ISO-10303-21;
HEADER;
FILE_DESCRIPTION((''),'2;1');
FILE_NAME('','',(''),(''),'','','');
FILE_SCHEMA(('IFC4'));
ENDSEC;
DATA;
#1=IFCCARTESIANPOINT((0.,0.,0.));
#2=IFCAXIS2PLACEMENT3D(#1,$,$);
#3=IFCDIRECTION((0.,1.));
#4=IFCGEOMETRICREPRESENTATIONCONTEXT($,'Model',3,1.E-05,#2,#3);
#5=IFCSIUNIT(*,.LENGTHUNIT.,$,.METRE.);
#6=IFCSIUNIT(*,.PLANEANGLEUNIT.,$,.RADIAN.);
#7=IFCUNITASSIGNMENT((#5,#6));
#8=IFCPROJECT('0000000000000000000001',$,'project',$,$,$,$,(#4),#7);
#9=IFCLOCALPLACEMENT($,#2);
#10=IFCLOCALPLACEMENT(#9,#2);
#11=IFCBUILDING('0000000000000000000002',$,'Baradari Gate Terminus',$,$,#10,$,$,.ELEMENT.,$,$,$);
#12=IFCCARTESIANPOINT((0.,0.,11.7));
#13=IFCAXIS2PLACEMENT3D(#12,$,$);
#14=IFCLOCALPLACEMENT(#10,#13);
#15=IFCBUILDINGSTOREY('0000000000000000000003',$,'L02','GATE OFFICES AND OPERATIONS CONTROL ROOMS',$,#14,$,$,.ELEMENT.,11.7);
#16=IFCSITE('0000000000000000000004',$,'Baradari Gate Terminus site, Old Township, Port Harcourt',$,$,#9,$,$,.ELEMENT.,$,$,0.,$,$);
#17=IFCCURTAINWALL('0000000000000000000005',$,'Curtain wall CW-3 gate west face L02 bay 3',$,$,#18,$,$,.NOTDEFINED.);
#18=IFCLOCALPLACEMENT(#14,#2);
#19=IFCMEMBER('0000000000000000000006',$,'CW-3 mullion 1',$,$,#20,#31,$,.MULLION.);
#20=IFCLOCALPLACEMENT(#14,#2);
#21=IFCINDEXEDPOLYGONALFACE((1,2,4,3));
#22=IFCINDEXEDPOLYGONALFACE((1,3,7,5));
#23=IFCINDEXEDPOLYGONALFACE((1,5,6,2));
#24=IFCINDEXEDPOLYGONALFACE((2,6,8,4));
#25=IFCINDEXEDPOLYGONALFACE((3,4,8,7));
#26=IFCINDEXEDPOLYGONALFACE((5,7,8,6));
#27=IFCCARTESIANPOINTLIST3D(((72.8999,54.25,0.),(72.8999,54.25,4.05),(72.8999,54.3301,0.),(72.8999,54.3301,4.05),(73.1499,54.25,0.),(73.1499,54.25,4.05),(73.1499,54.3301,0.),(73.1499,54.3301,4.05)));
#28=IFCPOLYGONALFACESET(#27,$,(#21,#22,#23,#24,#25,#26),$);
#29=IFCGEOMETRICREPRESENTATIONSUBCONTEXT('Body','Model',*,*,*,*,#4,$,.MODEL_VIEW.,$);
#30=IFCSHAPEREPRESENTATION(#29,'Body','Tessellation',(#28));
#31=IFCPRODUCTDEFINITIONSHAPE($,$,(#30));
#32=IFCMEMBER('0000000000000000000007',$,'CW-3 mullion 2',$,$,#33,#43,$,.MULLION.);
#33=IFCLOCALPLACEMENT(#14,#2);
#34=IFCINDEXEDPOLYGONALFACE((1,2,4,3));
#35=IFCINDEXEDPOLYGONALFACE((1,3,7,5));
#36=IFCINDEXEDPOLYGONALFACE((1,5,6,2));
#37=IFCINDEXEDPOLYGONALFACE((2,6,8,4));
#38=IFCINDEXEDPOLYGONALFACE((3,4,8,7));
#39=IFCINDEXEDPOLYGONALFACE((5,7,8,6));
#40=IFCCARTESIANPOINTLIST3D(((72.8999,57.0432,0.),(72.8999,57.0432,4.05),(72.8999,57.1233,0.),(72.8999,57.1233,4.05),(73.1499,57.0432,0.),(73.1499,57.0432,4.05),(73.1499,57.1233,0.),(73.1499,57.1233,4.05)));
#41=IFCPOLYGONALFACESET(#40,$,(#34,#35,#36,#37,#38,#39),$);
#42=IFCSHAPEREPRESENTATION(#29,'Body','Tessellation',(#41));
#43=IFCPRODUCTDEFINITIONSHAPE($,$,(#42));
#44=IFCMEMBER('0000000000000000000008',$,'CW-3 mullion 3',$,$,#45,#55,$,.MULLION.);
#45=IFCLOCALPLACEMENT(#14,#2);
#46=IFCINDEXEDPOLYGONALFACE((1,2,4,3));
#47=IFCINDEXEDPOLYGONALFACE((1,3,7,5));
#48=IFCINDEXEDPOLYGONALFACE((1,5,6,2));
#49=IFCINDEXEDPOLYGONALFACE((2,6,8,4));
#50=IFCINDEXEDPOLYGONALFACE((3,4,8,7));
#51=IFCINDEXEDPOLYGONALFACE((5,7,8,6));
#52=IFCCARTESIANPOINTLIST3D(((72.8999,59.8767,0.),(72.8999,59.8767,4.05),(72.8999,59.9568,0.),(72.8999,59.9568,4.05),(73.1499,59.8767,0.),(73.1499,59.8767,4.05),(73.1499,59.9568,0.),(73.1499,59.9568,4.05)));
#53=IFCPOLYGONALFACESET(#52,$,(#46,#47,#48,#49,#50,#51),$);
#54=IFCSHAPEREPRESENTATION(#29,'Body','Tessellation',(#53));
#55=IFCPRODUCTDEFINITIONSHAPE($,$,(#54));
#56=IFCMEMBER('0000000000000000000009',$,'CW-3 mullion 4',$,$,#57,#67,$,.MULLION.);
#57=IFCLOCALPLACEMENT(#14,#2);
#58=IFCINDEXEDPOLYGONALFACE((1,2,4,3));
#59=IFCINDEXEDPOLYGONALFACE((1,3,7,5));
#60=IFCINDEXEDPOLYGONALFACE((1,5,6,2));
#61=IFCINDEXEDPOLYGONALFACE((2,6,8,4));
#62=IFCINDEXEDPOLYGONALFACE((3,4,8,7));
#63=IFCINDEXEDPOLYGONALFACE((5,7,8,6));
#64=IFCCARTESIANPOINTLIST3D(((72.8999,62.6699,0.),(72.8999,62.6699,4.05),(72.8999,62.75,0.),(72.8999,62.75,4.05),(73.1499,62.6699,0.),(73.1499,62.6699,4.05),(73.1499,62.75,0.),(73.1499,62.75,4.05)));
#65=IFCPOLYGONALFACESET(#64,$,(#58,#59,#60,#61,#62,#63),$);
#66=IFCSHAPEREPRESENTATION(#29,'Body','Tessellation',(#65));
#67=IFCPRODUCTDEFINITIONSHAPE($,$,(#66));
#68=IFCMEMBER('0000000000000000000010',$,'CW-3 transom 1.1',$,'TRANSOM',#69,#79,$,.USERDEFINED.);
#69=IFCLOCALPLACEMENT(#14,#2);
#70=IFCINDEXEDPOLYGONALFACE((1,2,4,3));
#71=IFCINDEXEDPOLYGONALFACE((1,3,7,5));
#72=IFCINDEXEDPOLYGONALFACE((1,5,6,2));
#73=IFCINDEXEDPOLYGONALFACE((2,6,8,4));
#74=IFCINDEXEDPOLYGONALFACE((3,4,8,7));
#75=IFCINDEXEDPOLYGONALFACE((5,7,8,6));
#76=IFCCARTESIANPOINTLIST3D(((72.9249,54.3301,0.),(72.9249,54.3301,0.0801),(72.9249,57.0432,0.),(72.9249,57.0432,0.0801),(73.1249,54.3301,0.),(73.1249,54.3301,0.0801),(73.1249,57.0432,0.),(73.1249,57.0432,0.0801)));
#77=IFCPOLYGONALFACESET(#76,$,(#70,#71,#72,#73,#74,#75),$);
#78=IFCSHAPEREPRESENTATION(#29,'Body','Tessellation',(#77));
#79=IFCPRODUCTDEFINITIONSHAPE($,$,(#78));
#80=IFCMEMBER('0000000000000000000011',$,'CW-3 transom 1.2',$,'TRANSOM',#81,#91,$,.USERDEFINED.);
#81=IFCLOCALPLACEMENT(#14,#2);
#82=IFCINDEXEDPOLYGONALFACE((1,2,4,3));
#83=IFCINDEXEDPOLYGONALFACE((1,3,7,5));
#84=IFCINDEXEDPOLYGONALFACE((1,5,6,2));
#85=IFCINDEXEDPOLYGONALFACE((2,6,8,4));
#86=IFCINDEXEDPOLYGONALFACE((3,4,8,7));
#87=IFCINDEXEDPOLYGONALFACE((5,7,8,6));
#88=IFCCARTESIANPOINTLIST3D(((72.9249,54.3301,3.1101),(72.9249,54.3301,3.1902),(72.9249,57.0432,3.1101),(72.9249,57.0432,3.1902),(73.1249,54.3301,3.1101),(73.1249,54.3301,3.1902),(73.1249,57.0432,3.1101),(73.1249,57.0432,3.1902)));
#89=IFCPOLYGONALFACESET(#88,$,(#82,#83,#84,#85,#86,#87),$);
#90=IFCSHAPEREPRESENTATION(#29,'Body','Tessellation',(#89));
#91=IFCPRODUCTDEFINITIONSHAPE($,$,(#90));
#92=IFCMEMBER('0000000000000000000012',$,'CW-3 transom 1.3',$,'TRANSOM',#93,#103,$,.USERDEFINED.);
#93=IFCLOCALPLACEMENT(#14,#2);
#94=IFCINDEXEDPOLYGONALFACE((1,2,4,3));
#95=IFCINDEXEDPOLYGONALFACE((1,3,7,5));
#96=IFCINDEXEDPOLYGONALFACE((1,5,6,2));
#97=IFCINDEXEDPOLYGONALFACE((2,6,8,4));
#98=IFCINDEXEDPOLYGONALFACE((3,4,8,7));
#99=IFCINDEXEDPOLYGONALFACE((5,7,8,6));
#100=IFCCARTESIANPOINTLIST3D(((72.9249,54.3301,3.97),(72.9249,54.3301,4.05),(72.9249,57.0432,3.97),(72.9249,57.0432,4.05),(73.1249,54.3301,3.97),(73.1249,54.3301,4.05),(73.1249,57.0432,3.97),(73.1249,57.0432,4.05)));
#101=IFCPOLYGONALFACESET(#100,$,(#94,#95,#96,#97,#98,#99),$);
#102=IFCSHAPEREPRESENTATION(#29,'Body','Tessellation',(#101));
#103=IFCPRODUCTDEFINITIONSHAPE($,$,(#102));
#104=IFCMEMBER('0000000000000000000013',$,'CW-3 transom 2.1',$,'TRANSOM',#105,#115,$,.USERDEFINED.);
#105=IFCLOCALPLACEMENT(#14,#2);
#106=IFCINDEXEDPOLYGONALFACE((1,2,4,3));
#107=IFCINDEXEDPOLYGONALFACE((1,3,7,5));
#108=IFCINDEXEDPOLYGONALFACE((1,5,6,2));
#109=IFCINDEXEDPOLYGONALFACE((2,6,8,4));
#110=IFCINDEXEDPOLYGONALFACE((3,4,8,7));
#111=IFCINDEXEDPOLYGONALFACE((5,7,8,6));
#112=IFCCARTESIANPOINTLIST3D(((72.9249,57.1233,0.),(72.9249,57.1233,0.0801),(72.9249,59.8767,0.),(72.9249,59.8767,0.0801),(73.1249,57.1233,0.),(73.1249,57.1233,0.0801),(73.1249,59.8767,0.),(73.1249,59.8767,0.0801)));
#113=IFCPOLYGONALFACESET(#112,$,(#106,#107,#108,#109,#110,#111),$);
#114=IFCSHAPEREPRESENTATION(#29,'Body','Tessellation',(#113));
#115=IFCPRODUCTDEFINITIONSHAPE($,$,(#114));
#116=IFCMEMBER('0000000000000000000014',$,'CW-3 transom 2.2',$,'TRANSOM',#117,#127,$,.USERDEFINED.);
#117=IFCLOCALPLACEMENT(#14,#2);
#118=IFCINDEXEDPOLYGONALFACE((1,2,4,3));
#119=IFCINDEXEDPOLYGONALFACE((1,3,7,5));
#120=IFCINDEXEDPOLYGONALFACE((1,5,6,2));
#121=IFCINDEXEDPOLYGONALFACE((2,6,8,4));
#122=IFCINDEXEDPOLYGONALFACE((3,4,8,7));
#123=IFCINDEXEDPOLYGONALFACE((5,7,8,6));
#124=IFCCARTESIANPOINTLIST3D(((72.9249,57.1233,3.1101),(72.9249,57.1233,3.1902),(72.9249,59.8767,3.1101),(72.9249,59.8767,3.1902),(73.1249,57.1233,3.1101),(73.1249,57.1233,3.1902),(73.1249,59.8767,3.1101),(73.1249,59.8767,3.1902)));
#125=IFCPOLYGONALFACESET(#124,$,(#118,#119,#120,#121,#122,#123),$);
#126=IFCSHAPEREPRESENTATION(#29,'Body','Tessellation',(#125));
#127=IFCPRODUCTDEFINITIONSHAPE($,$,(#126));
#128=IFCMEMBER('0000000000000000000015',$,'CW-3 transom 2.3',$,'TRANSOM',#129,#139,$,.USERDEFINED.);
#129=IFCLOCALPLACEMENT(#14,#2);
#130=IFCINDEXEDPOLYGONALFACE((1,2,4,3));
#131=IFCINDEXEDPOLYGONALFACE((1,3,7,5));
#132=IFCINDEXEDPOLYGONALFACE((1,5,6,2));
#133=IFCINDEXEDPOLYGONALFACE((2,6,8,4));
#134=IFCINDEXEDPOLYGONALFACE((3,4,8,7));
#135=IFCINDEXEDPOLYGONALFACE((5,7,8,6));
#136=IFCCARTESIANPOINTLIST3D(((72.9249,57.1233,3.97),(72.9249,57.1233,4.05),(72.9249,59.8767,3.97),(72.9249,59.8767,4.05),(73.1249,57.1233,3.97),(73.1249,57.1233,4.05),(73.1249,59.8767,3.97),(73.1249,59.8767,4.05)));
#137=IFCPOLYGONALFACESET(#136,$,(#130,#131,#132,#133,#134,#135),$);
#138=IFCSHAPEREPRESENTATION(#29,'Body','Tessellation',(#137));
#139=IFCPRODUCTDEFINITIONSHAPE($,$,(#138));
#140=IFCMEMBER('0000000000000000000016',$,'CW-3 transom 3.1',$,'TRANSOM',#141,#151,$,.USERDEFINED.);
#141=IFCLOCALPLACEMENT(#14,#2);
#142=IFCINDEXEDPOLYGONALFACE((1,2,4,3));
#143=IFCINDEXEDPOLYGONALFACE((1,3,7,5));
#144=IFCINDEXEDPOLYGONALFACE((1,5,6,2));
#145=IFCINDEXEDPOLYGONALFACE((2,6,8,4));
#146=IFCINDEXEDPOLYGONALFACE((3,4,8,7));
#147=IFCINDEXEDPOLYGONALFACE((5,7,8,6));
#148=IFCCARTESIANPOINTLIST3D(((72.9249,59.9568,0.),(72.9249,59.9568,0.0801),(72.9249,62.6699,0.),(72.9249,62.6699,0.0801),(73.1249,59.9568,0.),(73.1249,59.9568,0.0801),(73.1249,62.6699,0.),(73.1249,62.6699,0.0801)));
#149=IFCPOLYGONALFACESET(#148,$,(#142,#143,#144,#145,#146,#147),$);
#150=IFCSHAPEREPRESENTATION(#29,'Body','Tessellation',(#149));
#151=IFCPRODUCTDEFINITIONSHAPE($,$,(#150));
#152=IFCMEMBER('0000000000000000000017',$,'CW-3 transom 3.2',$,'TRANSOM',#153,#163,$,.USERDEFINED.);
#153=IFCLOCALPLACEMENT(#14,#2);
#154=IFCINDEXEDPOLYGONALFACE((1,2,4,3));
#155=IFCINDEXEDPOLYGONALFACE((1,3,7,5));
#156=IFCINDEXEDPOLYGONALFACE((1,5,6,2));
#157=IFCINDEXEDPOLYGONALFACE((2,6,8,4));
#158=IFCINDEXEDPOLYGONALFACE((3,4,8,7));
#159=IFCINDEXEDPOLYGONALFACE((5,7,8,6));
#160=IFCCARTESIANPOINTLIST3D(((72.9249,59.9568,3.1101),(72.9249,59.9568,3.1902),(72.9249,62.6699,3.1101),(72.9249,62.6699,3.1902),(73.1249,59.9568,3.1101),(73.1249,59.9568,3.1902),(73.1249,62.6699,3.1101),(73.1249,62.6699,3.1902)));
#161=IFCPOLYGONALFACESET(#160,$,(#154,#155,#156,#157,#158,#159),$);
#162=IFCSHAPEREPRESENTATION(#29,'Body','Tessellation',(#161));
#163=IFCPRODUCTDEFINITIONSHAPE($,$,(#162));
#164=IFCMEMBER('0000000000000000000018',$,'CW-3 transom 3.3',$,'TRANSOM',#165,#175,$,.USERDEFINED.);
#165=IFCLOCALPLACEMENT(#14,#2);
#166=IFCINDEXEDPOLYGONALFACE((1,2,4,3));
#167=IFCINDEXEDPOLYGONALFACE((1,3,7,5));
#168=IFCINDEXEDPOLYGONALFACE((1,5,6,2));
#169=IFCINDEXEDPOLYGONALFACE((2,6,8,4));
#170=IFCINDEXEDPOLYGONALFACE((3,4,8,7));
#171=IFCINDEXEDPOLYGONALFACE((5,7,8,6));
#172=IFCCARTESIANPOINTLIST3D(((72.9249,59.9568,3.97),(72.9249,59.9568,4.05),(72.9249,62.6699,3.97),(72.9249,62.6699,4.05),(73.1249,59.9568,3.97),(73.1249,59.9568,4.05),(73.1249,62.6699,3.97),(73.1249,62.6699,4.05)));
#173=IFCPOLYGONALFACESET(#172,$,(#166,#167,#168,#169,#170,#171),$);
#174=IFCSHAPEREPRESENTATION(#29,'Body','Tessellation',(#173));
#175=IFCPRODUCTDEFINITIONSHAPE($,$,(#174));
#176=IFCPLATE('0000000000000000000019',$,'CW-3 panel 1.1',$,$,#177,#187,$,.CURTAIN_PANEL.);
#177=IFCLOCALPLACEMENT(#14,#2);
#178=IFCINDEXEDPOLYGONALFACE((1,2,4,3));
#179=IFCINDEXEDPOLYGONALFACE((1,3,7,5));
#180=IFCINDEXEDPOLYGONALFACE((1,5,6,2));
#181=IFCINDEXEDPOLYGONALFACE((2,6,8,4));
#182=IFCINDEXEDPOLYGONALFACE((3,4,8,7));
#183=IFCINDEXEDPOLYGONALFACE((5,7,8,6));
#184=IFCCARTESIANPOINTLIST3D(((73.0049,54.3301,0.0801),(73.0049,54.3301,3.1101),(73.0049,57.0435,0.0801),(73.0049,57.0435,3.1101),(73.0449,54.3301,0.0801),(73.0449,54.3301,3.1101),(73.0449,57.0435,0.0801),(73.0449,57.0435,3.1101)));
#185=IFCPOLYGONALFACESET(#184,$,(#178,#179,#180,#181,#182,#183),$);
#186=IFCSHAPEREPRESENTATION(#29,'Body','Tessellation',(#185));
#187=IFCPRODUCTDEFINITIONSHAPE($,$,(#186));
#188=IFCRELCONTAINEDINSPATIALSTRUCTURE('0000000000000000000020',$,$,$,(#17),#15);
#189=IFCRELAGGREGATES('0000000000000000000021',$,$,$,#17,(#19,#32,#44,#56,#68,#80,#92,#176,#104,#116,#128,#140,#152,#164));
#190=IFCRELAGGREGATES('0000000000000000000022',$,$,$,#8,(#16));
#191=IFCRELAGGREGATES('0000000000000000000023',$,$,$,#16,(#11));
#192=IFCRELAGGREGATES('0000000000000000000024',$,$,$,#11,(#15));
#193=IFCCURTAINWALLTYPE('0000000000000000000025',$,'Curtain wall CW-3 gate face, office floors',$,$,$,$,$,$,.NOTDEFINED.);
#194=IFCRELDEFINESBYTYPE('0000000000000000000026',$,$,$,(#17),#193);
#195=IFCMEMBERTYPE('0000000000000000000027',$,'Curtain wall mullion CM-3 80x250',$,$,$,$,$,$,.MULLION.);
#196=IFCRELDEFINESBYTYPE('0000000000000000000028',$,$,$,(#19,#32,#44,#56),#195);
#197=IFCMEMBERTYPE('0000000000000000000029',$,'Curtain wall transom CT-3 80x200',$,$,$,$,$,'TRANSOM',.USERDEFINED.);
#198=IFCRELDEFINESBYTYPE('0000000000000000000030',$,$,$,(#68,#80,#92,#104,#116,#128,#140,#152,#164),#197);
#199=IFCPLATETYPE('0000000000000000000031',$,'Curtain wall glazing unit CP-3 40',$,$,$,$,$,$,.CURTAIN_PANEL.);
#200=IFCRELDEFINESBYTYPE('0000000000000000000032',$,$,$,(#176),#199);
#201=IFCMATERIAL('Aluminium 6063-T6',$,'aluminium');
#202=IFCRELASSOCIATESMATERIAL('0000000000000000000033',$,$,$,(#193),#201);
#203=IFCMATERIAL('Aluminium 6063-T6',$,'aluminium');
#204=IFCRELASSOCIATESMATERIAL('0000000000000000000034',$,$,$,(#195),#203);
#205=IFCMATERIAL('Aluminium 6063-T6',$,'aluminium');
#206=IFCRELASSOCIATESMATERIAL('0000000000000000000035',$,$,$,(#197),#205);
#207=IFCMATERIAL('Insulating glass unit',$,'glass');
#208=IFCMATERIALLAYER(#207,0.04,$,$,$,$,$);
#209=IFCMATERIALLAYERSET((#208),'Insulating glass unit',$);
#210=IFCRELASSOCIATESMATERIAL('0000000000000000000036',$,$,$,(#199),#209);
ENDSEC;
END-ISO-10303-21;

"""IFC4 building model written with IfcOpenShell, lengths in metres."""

from ifc_helpers import new_model, si_unit, direction, frame, origin, origin_2d, place, context, subcontext, project, spatial, rectangle, extrude, material, layer, layer_set, material_profile, profile_set, type_object, element, aggregate, save


model = new_model("IFC4")

# Units and contexts
model_context = context("Model", 3, precision=1e-05, world=origin(), true_north=direction((0.0, 1.0)))
body_context = subcontext(model_context, "Body", "Model", "MODEL_VIEW")
ifc_project = project(units=[si_unit("LENGTHUNIT", "METRE"), si_unit("PLANEANGLEUNIT", "RADIAN")], contexts=[model_context])

# Site, building, storey
site_placement = place(None, origin())
site = spatial("IfcSite", under=ifc_project, at=site_placement, Name="Baradari Gate Terminus site, Old Township, Port Harcourt", CompositionType="ELEMENT", RefElevation=0.0)
building_placement = place(site_placement, origin())
building = spatial("IfcBuilding", under=site, at=building_placement, Name="Baradari Gate Terminus", CompositionType="ELEMENT")
storey_placement = place(building_placement, frame((0.0, 0.0, 11.7)))
storey = spatial("IfcBuildingStorey", under=building, at=storey_placement, Name="L02", Description="GATE OFFICES AND OPERATIONS CONTROL ROOMS", CompositionType="ELEMENT", Elevation=11.7)

# Curtain wall, members, plate
ifc_material_1 = material(Name="Aluminium 6063-T6", Category="aluminium")
curtain_wall_type = type_object("IfcCurtainWallType", Name="Curtain wall CW-3 gate face, office floors", PredefinedType="NOTDEFINED", material=ifc_material_1)
curtain_wall_placement = place(storey_placement, origin())
curtain_wall = element("IfcCurtainWall", 1, at=curtain_wall_placement, inside=storey, type_object=curtain_wall_type, Name="Curtain wall CW-3 gate west face L02 bay 3", PredefinedType="NOTDEFINED")
ifc_material_2 = material(Name="Aluminium 6063-T6", Category="aluminium")
ifc_material_profile_1 = material_profile(ifc_material_2, rectangle(XDim=0.25, YDim=0.0801, at=origin_2d()), Name="CM-3 80X250")
ifc_profile_set_1 = profile_set([ifc_material_profile_1], Name="Aluminium 6063-T6")
member_type_1 = type_object("IfcMemberType", Name="Curtain wall mullion CM-3 80x250", PredefinedType="MULLION", material=ifc_profile_set_1)
member_1_placement = place(storey_placement, frame((73.0249, 54.29, 0.0), z_axis=(0.0, 0.0, 1.0), x_axis=(-1.0, 0.0, 0.0)))
member_1 = element("IfcMember", 2, at=member_1_placement, type_object=member_type_1, Name="CW-3 mullion 1", PredefinedType="MULLION", context=body_context, shape_type="SweptSolid", body=[
    extrude(rectangle(XDim=0.25, YDim=0.0801, at=origin_2d()), origin(), (0.0, 0.0, 1.0), 4.05),
])
member_2_placement = place(storey_placement, frame((73.0249, 57.0833, 0.0), z_axis=(0.0, 0.0, 1.0), x_axis=(-1.0, 0.0, 0.0)))
member_2 = element("IfcMember", 3, at=member_2_placement, type_object=member_type_1, Name="CW-3 mullion 2", PredefinedType="MULLION", context=body_context, shape_type="SweptSolid", body=[
    extrude(rectangle(XDim=0.25, YDim=0.0801, at=origin_2d()), origin(), (0.0, 0.0, 1.0), 4.05),
])
member_3_placement = place(storey_placement, frame((73.0249, 59.9167, 0.0), z_axis=(0.0, 0.0, 1.0), x_axis=(-1.0, 0.0, 0.0)))
member_3 = element("IfcMember", 4, at=member_3_placement, type_object=member_type_1, Name="CW-3 mullion 3", PredefinedType="MULLION", context=body_context, shape_type="SweptSolid", body=[
    extrude(rectangle(XDim=0.25, YDim=0.0801, at=origin_2d()), origin(), (0.0, 0.0, 1.0), 4.05),
])
member_4_placement = place(storey_placement, frame((73.0249, 62.71, 0.0), z_axis=(0.0, 0.0, 1.0), x_axis=(-1.0, 0.0, 0.0)))
member_4 = element("IfcMember", 5, at=member_4_placement, type_object=member_type_1, Name="CW-3 mullion 4", PredefinedType="MULLION", context=body_context, shape_type="SweptSolid", body=[
    extrude(rectangle(XDim=0.25, YDim=0.0801, at=origin_2d()), origin(), (0.0, 0.0, 1.0), 4.05),
])
ifc_material_3 = material(Name="Aluminium 6063-T6", Category="aluminium")
ifc_material_profile_2 = material_profile(ifc_material_3, rectangle(XDim=0.2, YDim=0.0801, at=origin_2d()), Name="CT-3 80X200")
ifc_profile_set_2 = profile_set([ifc_material_profile_2], Name="Aluminium 6063-T6")
member_type_2 = type_object("IfcMemberType", Name="Curtain wall transom CT-3 80x200", ElementType="TRANSOM", PredefinedType="USERDEFINED", material=ifc_profile_set_2)
member_5_placement = place(storey_placement, frame((73.0249, 54.3301, 0.04), z_axis=(0.0, 1.0, 0.0), x_axis=(-1.0, 0.0, 0.0)))
member_5 = element("IfcMember", 6, at=member_5_placement, type_object=member_type_2, Name="CW-3 transom 1.1", ObjectType="TRANSOM", PredefinedType="USERDEFINED", context=body_context, shape_type="SweptSolid", body=[
    extrude(rectangle(XDim=0.2, YDim=0.0801, at=origin_2d()), origin(), (0.0, 0.0, 1.0), 2.7131),
])
member_6_placement = place(storey_placement, frame((73.0249, 54.3301, 3.1501), z_axis=(0.0, 1.0, 0.0), x_axis=(-1.0, 0.0, 0.0)))
member_6 = element("IfcMember", 7, at=member_6_placement, type_object=member_type_2, Name="CW-3 transom 1.2", ObjectType="TRANSOM", PredefinedType="USERDEFINED", context=body_context, shape_type="SweptSolid", body=[
    extrude(rectangle(XDim=0.2, YDim=0.0801, at=origin_2d()), origin(), (0.0, 0.0, 1.0), 2.7131),
])
member_7_placement = place(storey_placement, frame((73.0249, 54.3301, 4.01), z_axis=(0.0, 1.0, 0.0), x_axis=(-1.0, 0.0, 0.0)))
member_7 = element("IfcMember", 8, at=member_7_placement, type_object=member_type_2, Name="CW-3 transom 1.3", ObjectType="TRANSOM", PredefinedType="USERDEFINED", context=body_context, shape_type="SweptSolid", body=[
    extrude(rectangle(XDim=0.2, YDim=0.0801, at=origin_2d()), origin(), (0.0, 0.0, 1.0), 2.7131),
])
member_8_placement = place(storey_placement, frame((73.0249, 57.1233, 0.04), z_axis=(0.0, 1.0, 0.0), x_axis=(-1.0, 0.0, 0.0)))
member_8 = element("IfcMember", 9, at=member_8_placement, type_object=member_type_2, Name="CW-3 transom 2.1", ObjectType="TRANSOM", PredefinedType="USERDEFINED", context=body_context, shape_type="SweptSolid", body=[
    extrude(rectangle(XDim=0.2, YDim=0.0801, at=origin_2d()), origin(), (0.0, 0.0, 1.0), 2.7534),
])
member_9_placement = place(storey_placement, frame((73.0249, 57.1233, 3.1501), z_axis=(0.0, 1.0, 0.0), x_axis=(-1.0, 0.0, 0.0)))
member_9 = element("IfcMember", 10, at=member_9_placement, type_object=member_type_2, Name="CW-3 transom 2.2", ObjectType="TRANSOM", PredefinedType="USERDEFINED", context=body_context, shape_type="SweptSolid", body=[
    extrude(rectangle(XDim=0.2, YDim=0.0801, at=origin_2d()), origin(), (0.0, 0.0, 1.0), 2.7534),
])
member_10_placement = place(storey_placement, frame((73.0249, 57.1233, 4.01), z_axis=(0.0, 1.0, 0.0), x_axis=(-1.0, 0.0, 0.0)))
member_10 = element("IfcMember", 11, at=member_10_placement, type_object=member_type_2, Name="CW-3 transom 2.3", ObjectType="TRANSOM", PredefinedType="USERDEFINED", context=body_context, shape_type="SweptSolid", body=[
    extrude(rectangle(XDim=0.2, YDim=0.0801, at=origin_2d()), origin(), (0.0, 0.0, 1.0), 2.7534),
])
member_11_placement = place(storey_placement, frame((73.0249, 59.9568, 0.04), z_axis=(0.0, 1.0, 0.0), x_axis=(-1.0, 0.0, 0.0)))
member_11 = element("IfcMember", 12, at=member_11_placement, type_object=member_type_2, Name="CW-3 transom 3.1", ObjectType="TRANSOM", PredefinedType="USERDEFINED", context=body_context, shape_type="SweptSolid", body=[
    extrude(rectangle(XDim=0.2, YDim=0.0801, at=origin_2d()), origin(), (0.0, 0.0, 1.0), 2.7131),
])
member_12_placement = place(storey_placement, frame((73.0249, 59.9568, 3.1501), z_axis=(0.0, 1.0, 0.0), x_axis=(-1.0, 0.0, 0.0)))
member_12 = element("IfcMember", 13, at=member_12_placement, type_object=member_type_2, Name="CW-3 transom 3.2", ObjectType="TRANSOM", PredefinedType="USERDEFINED", context=body_context, shape_type="SweptSolid", body=[
    extrude(rectangle(XDim=0.2, YDim=0.0801, at=origin_2d()), origin(), (0.0, 0.0, 1.0), 2.7131),
])
member_13_placement = place(storey_placement, frame((73.0249, 59.9568, 4.01), z_axis=(0.0, 1.0, 0.0), x_axis=(-1.0, 0.0, 0.0)))
member_13 = element("IfcMember", 14, at=member_13_placement, type_object=member_type_2, Name="CW-3 transom 3.3", ObjectType="TRANSOM", PredefinedType="USERDEFINED", context=body_context, shape_type="SweptSolid", body=[
    extrude(rectangle(XDim=0.2, YDim=0.0801, at=origin_2d()), origin(), (0.0, 0.0, 1.0), 2.7131),
])
ifc_material_4 = material(Name="Insulating glass unit", Category="glass")
ifc_layer_1 = layer(ifc_material_4, 0.04)
ifc_layer_set_1 = layer_set([ifc_layer_1], Name="Insulating glass unit")
plate_type_1 = type_object("IfcPlateType", Name="Curtain wall glazing unit CP-3 40", PredefinedType="CURTAIN_PANEL", material=ifc_layer_set_1)
plate_1_placement = place(storey_placement, frame((73.0249, 55.6868, 0.0801), z_axis=(0.0, 0.0, 1.0), x_axis=(0.0, 1.0, 0.0)))
plate_1 = element("IfcPlate", 15, at=plate_1_placement, type_object=plate_type_1, Name="CW-3 panel 1.1", PredefinedType="CURTAIN_PANEL", context=body_context, shape_type="SweptSolid", body=[
    extrude(rectangle(XDim=2.7134, YDim=0.04, at=origin_2d()), origin(), (0.0, 0.0, 1.0), 3.03),
])
aggregate(curtain_wall, [member_1, member_2, member_3, member_4, member_5, member_6, member_7, plate_1, member_8, member_9, member_10, member_11, member_12, member_13])

save(model, "model.ifc")
